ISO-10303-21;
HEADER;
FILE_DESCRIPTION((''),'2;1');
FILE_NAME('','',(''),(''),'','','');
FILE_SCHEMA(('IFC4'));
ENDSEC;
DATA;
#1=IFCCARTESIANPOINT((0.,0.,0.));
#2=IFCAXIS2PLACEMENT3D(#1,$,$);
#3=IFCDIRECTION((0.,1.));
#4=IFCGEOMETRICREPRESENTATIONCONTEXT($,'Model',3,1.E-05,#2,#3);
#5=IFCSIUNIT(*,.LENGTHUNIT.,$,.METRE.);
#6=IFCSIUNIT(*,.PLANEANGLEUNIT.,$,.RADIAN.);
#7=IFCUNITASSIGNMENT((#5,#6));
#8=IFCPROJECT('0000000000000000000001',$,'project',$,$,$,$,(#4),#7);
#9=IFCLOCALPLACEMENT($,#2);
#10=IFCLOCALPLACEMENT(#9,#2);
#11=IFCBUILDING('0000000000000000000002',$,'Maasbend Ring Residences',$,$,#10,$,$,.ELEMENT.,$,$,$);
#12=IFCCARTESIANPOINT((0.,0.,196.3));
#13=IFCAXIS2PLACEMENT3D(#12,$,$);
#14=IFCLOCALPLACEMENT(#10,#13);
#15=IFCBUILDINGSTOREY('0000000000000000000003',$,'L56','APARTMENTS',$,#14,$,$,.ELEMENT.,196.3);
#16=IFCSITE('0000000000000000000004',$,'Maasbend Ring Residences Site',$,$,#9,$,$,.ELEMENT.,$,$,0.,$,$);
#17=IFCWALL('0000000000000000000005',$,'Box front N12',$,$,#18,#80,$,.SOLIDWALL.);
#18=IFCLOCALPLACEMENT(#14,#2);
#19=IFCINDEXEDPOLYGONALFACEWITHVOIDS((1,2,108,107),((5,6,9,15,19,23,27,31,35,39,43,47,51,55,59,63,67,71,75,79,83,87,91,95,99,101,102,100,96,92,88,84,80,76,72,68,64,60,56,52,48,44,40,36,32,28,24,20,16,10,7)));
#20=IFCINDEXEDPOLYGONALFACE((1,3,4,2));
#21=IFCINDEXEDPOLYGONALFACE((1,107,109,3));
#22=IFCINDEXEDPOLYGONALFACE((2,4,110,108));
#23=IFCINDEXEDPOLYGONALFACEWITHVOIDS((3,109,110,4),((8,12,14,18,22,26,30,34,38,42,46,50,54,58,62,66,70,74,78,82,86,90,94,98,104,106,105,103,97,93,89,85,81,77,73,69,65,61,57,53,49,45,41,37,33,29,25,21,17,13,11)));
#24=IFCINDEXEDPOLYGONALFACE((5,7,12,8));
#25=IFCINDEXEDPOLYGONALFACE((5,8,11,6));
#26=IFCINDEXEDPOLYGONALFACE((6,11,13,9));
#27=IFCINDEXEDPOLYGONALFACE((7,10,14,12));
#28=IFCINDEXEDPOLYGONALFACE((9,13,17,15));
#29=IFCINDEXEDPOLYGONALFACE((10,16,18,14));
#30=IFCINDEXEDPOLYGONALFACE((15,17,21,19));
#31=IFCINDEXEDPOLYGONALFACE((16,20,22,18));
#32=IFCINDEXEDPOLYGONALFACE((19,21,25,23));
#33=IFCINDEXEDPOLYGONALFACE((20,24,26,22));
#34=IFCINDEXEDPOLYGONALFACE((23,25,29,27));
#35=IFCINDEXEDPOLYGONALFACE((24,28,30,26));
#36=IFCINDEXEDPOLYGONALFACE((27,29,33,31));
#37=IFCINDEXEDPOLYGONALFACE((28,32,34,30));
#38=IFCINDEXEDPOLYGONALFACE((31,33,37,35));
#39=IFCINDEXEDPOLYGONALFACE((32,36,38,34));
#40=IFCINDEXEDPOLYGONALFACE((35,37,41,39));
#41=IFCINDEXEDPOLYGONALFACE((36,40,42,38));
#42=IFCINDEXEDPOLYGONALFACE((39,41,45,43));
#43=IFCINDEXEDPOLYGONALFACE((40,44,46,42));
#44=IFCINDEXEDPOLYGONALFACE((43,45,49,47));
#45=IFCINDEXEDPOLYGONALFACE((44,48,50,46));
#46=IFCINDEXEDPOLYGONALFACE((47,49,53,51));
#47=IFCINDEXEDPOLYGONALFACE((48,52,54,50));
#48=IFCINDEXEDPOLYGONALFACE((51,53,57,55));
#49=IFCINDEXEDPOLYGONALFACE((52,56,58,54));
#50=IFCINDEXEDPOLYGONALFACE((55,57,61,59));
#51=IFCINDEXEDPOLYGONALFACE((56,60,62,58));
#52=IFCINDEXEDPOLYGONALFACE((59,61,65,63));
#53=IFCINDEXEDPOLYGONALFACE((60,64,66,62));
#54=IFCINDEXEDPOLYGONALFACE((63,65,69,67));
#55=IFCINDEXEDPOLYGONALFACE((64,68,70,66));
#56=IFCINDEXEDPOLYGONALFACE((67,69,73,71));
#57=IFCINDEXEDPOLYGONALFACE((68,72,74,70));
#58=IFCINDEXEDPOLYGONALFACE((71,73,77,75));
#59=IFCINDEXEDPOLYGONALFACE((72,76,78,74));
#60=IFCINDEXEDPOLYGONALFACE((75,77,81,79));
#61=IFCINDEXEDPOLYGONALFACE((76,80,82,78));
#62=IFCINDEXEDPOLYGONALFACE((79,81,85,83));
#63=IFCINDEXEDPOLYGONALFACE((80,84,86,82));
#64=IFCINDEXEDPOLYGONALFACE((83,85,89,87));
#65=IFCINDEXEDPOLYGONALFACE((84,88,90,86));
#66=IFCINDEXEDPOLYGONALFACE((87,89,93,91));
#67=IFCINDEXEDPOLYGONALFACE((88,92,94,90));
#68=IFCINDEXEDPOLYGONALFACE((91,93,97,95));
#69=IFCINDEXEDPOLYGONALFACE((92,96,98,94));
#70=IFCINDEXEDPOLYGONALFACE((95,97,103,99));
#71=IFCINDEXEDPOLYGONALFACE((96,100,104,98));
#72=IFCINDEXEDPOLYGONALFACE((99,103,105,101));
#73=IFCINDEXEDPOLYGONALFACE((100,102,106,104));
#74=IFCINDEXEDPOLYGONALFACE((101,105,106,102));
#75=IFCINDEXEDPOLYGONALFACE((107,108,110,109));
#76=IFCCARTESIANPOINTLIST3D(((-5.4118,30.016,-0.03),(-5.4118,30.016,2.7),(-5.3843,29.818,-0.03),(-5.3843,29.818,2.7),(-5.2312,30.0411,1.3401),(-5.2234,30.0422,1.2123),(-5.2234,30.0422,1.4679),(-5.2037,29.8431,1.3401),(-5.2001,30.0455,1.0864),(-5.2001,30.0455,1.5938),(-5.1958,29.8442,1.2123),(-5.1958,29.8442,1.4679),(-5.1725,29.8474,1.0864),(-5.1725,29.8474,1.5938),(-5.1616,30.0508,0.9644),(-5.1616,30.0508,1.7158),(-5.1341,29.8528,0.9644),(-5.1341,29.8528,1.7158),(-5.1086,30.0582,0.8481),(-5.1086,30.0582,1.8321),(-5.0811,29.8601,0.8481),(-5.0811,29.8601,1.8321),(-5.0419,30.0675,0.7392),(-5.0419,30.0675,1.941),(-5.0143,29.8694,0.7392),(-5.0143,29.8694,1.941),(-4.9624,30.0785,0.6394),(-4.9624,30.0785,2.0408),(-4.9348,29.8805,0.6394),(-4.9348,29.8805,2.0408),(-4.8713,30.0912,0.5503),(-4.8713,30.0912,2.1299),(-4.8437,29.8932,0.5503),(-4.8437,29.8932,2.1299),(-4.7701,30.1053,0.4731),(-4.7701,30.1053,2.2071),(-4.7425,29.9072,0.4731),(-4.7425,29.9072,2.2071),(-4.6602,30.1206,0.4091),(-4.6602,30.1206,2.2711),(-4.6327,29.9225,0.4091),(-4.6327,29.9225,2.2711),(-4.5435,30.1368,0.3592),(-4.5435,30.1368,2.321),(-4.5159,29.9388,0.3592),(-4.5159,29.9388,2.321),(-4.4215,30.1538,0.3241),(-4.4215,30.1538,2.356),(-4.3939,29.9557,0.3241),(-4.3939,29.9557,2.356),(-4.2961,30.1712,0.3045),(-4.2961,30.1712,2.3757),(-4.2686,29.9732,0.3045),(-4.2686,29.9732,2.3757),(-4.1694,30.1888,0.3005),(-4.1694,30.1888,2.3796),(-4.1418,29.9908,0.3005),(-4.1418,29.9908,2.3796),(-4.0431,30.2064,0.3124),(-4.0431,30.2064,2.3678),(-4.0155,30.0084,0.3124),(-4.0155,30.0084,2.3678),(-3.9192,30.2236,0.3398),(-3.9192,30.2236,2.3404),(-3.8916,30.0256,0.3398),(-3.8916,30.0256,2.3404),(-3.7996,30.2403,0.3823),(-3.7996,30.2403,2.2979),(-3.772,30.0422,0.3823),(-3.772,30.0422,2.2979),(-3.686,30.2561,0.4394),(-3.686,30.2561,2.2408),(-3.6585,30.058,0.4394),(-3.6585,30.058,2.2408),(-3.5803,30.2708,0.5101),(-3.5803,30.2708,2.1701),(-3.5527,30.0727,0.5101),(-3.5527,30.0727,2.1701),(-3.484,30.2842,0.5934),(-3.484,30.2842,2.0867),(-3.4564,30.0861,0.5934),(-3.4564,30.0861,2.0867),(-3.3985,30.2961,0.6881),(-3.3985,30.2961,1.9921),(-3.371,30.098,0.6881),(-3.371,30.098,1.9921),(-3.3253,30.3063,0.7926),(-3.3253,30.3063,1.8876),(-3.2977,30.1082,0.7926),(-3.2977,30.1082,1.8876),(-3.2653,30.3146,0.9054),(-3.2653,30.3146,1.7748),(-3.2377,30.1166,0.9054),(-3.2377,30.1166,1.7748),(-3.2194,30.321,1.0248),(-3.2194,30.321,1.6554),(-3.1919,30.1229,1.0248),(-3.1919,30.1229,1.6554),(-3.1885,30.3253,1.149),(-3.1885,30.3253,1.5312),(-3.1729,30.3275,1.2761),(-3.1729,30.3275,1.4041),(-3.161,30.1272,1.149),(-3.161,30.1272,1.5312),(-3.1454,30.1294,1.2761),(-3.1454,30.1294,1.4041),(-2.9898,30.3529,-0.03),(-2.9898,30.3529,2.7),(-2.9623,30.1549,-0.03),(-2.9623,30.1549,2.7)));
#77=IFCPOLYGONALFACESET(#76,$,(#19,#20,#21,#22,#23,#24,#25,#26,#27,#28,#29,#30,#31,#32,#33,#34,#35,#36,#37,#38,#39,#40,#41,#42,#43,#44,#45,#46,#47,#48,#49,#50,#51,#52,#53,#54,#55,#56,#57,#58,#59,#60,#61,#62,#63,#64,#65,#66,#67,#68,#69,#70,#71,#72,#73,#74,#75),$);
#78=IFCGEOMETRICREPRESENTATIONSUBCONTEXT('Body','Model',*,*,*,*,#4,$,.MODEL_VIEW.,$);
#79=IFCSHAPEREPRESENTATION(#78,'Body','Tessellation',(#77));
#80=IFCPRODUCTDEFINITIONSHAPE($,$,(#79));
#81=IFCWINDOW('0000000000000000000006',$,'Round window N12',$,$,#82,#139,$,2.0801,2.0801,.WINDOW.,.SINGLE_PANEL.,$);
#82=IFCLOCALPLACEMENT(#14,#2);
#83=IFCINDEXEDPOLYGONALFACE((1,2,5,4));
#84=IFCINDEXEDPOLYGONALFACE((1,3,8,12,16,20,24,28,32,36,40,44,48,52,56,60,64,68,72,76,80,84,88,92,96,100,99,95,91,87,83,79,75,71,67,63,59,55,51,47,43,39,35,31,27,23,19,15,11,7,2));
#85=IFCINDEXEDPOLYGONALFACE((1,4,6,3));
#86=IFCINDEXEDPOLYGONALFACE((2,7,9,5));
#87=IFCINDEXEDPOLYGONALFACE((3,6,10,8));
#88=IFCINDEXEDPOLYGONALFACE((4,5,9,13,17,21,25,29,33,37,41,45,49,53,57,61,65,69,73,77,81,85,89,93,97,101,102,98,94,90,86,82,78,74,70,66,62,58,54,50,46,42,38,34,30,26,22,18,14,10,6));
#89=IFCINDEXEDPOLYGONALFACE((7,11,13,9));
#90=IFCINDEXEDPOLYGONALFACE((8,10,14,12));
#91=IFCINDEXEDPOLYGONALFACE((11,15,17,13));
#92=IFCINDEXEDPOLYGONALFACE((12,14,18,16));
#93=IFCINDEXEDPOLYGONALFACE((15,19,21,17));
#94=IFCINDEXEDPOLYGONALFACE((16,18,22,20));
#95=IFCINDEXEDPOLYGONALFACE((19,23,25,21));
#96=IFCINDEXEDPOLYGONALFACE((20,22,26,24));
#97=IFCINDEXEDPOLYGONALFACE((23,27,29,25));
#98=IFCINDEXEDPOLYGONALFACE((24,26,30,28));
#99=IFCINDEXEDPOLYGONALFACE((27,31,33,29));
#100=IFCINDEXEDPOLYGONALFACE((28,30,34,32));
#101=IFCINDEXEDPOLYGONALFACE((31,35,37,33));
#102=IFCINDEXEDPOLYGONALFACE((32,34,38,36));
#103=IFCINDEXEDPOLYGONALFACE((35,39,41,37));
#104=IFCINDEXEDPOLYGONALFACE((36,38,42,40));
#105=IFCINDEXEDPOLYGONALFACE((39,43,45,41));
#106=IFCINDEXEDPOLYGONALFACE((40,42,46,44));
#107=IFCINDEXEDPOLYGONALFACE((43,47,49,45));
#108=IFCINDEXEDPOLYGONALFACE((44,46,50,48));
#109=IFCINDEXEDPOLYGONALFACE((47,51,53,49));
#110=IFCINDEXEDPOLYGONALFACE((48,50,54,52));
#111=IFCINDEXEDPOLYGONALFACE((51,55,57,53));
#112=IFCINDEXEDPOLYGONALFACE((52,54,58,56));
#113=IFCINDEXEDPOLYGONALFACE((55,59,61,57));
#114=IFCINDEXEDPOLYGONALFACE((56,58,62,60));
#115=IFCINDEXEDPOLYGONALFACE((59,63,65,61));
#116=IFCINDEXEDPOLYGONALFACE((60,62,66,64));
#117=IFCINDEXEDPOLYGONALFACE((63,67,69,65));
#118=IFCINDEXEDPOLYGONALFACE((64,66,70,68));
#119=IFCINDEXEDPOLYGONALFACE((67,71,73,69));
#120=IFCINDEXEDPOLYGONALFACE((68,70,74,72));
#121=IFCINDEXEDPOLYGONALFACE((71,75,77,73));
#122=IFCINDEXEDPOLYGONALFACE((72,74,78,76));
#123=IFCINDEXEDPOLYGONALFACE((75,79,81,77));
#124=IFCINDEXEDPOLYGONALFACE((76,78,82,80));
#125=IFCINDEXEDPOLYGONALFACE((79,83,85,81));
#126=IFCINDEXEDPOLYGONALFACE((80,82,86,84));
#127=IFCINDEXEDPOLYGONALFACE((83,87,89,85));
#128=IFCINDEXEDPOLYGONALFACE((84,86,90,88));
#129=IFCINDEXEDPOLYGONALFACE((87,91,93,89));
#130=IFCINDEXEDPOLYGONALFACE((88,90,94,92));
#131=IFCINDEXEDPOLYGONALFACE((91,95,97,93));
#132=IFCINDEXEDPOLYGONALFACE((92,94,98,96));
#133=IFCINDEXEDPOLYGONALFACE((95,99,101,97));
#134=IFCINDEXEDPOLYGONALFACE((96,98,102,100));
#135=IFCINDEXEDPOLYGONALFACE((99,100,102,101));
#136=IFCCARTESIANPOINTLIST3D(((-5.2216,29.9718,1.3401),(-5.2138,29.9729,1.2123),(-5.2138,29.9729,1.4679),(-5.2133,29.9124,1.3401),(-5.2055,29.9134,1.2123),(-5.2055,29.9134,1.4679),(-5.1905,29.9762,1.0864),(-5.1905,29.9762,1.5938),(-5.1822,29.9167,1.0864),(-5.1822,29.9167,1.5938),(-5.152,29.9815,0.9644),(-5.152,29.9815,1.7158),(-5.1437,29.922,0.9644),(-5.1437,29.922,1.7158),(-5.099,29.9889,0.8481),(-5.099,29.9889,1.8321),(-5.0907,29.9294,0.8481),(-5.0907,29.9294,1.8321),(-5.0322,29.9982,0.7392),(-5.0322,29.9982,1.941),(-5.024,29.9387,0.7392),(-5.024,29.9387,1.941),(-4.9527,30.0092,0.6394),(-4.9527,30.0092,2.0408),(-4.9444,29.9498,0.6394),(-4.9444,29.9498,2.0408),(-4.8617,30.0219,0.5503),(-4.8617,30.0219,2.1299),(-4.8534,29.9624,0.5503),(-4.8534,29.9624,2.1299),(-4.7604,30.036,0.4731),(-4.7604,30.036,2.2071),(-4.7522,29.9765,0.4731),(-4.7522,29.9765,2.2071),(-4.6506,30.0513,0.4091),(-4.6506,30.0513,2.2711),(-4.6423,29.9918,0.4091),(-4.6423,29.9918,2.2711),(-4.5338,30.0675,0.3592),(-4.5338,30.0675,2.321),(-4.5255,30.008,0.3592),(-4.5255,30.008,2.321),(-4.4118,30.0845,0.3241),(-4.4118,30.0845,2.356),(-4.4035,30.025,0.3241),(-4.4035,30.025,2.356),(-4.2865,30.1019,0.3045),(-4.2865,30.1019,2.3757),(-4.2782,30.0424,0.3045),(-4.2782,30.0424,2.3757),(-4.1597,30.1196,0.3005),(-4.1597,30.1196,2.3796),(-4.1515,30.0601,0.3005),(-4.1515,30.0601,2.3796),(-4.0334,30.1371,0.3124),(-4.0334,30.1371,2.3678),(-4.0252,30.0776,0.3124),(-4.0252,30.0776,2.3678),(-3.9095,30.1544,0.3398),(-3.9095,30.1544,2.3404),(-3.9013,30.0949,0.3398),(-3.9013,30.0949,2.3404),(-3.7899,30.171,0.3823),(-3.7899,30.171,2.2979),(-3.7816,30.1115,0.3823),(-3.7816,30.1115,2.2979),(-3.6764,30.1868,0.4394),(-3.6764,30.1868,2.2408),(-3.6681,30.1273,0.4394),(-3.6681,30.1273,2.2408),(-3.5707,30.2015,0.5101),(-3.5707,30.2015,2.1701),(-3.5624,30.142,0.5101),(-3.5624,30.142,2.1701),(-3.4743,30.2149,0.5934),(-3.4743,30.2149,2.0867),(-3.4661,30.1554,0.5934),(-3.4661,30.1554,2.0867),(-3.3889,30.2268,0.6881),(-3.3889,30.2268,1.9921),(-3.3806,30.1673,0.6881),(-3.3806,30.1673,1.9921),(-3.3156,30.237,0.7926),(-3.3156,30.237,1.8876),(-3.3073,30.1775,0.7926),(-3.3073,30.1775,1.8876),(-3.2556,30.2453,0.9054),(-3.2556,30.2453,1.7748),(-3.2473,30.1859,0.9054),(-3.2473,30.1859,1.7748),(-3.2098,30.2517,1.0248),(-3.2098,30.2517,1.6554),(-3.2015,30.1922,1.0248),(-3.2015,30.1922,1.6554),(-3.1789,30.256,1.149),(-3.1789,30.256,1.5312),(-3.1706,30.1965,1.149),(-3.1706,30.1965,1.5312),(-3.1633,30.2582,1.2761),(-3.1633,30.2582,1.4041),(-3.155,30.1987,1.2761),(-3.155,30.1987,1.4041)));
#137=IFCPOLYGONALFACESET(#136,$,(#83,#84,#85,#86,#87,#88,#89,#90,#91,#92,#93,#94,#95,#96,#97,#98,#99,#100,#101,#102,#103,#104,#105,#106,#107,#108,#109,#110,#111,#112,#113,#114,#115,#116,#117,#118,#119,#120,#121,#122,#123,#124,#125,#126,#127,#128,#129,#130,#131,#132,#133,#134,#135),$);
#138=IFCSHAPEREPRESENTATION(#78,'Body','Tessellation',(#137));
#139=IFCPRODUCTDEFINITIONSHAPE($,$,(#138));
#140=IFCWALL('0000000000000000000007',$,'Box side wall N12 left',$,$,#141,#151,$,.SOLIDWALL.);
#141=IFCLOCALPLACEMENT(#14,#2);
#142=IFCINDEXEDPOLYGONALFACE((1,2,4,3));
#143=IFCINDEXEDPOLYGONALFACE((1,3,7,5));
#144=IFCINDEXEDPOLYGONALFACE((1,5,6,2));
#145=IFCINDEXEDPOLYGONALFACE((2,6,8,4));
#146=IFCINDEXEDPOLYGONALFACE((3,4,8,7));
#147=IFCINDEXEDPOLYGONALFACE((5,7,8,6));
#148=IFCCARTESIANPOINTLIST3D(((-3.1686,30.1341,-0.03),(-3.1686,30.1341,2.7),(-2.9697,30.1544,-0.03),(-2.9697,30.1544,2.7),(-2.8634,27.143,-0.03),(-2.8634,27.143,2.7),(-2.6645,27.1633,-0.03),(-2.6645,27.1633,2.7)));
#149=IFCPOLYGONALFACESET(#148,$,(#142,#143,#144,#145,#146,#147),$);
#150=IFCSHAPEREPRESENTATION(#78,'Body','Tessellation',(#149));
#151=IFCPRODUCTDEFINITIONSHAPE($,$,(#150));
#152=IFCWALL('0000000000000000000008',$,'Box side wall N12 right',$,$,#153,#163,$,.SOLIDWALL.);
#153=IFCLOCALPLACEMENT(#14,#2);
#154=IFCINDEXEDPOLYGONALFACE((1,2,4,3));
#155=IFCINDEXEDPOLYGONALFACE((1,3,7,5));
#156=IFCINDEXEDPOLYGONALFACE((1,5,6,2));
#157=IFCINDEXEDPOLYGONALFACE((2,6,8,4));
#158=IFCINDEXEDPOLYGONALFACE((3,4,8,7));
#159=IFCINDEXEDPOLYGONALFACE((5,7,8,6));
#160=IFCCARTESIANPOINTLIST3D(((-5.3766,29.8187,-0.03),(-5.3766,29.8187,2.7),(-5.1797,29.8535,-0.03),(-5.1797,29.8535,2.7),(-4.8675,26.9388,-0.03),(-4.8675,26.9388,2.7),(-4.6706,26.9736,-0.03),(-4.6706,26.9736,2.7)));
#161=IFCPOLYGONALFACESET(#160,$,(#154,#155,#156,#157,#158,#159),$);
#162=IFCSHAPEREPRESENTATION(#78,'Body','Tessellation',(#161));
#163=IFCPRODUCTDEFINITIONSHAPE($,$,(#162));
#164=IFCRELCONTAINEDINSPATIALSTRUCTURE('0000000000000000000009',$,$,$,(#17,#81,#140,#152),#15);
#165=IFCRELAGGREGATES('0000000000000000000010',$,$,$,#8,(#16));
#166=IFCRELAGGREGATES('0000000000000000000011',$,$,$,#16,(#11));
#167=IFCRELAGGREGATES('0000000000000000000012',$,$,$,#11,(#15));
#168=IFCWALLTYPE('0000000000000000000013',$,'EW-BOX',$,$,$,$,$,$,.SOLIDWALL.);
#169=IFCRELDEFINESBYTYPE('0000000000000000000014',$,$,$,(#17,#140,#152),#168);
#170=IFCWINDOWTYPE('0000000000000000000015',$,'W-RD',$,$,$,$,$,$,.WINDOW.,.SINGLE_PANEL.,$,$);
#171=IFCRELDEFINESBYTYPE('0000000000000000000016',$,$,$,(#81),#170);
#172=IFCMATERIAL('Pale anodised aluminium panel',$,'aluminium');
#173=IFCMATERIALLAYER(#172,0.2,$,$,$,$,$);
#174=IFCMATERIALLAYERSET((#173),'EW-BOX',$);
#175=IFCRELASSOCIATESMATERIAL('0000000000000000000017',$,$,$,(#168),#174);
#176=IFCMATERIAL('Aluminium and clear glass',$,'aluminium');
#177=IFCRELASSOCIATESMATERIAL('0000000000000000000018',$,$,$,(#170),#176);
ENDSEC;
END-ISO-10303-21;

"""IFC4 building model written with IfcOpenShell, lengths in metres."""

from ifc_helpers import new_model, si_unit, direction, frame, frame_2d, origin, place, context, subcontext, project, spatial, rectangle, circle, extrude, material, layer, layer_set, type_object, element, fill, save


model = new_model("IFC4")

# Units and contexts
model_context = context("Model", 3, precision=1e-05, world=origin(), true_north=direction((0.0, 1.0)))
body_context = subcontext(model_context, "Body", "Model", "MODEL_VIEW")
ifc_project = project(units=[si_unit("LENGTHUNIT", "METRE"), si_unit("PLANEANGLEUNIT", "RADIAN")], contexts=[model_context])

# Site, building, storey
site_placement = place(None, origin())
site = spatial("IfcSite", under=ifc_project, at=site_placement, Name="Maasbend Ring Residences Site", CompositionType="ELEMENT", RefElevation=0.0)
building_placement = place(site_placement, origin())
building = spatial("IfcBuilding", under=site, at=building_placement, Name="Maasbend Ring Residences", CompositionType="ELEMENT")
storey_placement = place(building_placement, frame((0.0, 0.0, 196.3)))
storey = spatial("IfcBuildingStorey", under=building, at=storey_placement, Name="L56", Description="APARTMENTS", CompositionType="ELEMENT", Elevation=196.3)

# Wall, opening, window
ifc_material_1 = material(Name="Pale anodised aluminium panel", Category="aluminium")
ifc_layer_1 = layer(ifc_material_1, 0.2)
ifc_layer_set_1 = layer_set([ifc_layer_1], Name="EW-BOX")
wall_type_1 = type_object("IfcWallType", Name="EW-BOX", PredefinedType="SOLIDWALL", material=ifc_layer_set_1)
wall_1_placement = place(storey_placement, frame((-2.9761, 30.2539, -0.03), z_axis=(0.0, 0.0, 1.0), x_axis=(-0.990462, -0.137786, 0.0)))
wall_1 = element("IfcWall", 1, at=wall_1_placement, inside=storey, type_object=wall_type_1, Name="Box front N12", PredefinedType="SOLIDWALL", context=body_context, shape_type="SweptSolid", body=[
    extrude(rectangle(XDim=2.4453, YDim=0.2, at=frame_2d((1.2227, 0.0))), origin(), (0.0, 0.0, 1.0), 2.73),
])
opening_1_placement = place(wall_1_placement, frame((0.1829, 0.0, 0.3301)))
opening_1 = element("IfcOpeningElement", 2, at=opening_1_placement, cuts=wall_1, PredefinedType="OPENING", context=body_context, shape_type="SweptSolid", body=[
    extrude(circle(Radius=1.04, at=frame_2d((1.04, 1.04))), frame((0.0, 0.1099, 0.0), z_axis=(0.0, -1.0, 0.0), x_axis=(1.0, 0.0, 0.0)), (0.0, 0.0, 1.0), 0.22),
])
ifc_material_2 = material(Name="Aluminium and clear glass", Category="aluminium")
window_type_1 = type_object("IfcWindowType", Name="W-RD", PartitioningType="SINGLE_PANEL", PredefinedType="WINDOW", material=ifc_material_2)
window_1_placement = place(opening_1_placement, origin())
window_1 = element("IfcWindow", 3, at=window_1_placement, inside=storey, type_object=window_type_1, Name="Round window N12", OverallHeight=2.0801, OverallWidth=2.0801, PartitioningType="SINGLE_PANEL", PredefinedType="WINDOW", context=body_context, shape_type="SweptSolid", body=[
    extrude(circle(Radius=1.04, at=frame_2d((1.04, 1.04))), frame((0.0, 0.03, 0.0), z_axis=(0.0, -1.0, 0.0), x_axis=(1.0, 0.0, 0.0)), (0.0, 0.0, 1.0), 0.0601),
])
fill(opening_1, window_1)

# Walls
wall_2_placement = place(storey_placement, frame((-2.7639, 27.1531, -0.03), z_axis=(0.0, 0.0, 1.0), x_axis=(-0.101505, 0.994835, 0.0)))
element("IfcWall", 4, at=wall_2_placement, inside=storey, type_object=wall_type_1, Name="Box side wall N12 left", PredefinedType="SOLIDWALL", context=body_context, shape_type="SweptSolid", body=[
    extrude(rectangle(XDim=3.0066, YDim=0.2, at=frame_2d((1.5034, 0.0))), origin(), (0.0, 0.0, 1.0), 2.73),
])
wall_3_placement = place(storey_placement, frame((-4.769, 26.9561, -0.03), z_axis=(0.0, 0.0, 1.0), x_axis=(-0.174057, 0.984736, 0.0)))
element("IfcWall", 5, at=wall_3_placement, inside=storey, type_object=wall_type_1, Name="Box side wall N12 right", PredefinedType="SOLIDWALL", context=body_context, shape_type="SweptSolid", body=[
    extrude(rectangle(XDim=2.9246, YDim=0.2, at=frame_2d((1.4624, 0.0))), origin(), (0.0, 0.0, 1.0), 2.73),
])

save(model, "model.ifc")
